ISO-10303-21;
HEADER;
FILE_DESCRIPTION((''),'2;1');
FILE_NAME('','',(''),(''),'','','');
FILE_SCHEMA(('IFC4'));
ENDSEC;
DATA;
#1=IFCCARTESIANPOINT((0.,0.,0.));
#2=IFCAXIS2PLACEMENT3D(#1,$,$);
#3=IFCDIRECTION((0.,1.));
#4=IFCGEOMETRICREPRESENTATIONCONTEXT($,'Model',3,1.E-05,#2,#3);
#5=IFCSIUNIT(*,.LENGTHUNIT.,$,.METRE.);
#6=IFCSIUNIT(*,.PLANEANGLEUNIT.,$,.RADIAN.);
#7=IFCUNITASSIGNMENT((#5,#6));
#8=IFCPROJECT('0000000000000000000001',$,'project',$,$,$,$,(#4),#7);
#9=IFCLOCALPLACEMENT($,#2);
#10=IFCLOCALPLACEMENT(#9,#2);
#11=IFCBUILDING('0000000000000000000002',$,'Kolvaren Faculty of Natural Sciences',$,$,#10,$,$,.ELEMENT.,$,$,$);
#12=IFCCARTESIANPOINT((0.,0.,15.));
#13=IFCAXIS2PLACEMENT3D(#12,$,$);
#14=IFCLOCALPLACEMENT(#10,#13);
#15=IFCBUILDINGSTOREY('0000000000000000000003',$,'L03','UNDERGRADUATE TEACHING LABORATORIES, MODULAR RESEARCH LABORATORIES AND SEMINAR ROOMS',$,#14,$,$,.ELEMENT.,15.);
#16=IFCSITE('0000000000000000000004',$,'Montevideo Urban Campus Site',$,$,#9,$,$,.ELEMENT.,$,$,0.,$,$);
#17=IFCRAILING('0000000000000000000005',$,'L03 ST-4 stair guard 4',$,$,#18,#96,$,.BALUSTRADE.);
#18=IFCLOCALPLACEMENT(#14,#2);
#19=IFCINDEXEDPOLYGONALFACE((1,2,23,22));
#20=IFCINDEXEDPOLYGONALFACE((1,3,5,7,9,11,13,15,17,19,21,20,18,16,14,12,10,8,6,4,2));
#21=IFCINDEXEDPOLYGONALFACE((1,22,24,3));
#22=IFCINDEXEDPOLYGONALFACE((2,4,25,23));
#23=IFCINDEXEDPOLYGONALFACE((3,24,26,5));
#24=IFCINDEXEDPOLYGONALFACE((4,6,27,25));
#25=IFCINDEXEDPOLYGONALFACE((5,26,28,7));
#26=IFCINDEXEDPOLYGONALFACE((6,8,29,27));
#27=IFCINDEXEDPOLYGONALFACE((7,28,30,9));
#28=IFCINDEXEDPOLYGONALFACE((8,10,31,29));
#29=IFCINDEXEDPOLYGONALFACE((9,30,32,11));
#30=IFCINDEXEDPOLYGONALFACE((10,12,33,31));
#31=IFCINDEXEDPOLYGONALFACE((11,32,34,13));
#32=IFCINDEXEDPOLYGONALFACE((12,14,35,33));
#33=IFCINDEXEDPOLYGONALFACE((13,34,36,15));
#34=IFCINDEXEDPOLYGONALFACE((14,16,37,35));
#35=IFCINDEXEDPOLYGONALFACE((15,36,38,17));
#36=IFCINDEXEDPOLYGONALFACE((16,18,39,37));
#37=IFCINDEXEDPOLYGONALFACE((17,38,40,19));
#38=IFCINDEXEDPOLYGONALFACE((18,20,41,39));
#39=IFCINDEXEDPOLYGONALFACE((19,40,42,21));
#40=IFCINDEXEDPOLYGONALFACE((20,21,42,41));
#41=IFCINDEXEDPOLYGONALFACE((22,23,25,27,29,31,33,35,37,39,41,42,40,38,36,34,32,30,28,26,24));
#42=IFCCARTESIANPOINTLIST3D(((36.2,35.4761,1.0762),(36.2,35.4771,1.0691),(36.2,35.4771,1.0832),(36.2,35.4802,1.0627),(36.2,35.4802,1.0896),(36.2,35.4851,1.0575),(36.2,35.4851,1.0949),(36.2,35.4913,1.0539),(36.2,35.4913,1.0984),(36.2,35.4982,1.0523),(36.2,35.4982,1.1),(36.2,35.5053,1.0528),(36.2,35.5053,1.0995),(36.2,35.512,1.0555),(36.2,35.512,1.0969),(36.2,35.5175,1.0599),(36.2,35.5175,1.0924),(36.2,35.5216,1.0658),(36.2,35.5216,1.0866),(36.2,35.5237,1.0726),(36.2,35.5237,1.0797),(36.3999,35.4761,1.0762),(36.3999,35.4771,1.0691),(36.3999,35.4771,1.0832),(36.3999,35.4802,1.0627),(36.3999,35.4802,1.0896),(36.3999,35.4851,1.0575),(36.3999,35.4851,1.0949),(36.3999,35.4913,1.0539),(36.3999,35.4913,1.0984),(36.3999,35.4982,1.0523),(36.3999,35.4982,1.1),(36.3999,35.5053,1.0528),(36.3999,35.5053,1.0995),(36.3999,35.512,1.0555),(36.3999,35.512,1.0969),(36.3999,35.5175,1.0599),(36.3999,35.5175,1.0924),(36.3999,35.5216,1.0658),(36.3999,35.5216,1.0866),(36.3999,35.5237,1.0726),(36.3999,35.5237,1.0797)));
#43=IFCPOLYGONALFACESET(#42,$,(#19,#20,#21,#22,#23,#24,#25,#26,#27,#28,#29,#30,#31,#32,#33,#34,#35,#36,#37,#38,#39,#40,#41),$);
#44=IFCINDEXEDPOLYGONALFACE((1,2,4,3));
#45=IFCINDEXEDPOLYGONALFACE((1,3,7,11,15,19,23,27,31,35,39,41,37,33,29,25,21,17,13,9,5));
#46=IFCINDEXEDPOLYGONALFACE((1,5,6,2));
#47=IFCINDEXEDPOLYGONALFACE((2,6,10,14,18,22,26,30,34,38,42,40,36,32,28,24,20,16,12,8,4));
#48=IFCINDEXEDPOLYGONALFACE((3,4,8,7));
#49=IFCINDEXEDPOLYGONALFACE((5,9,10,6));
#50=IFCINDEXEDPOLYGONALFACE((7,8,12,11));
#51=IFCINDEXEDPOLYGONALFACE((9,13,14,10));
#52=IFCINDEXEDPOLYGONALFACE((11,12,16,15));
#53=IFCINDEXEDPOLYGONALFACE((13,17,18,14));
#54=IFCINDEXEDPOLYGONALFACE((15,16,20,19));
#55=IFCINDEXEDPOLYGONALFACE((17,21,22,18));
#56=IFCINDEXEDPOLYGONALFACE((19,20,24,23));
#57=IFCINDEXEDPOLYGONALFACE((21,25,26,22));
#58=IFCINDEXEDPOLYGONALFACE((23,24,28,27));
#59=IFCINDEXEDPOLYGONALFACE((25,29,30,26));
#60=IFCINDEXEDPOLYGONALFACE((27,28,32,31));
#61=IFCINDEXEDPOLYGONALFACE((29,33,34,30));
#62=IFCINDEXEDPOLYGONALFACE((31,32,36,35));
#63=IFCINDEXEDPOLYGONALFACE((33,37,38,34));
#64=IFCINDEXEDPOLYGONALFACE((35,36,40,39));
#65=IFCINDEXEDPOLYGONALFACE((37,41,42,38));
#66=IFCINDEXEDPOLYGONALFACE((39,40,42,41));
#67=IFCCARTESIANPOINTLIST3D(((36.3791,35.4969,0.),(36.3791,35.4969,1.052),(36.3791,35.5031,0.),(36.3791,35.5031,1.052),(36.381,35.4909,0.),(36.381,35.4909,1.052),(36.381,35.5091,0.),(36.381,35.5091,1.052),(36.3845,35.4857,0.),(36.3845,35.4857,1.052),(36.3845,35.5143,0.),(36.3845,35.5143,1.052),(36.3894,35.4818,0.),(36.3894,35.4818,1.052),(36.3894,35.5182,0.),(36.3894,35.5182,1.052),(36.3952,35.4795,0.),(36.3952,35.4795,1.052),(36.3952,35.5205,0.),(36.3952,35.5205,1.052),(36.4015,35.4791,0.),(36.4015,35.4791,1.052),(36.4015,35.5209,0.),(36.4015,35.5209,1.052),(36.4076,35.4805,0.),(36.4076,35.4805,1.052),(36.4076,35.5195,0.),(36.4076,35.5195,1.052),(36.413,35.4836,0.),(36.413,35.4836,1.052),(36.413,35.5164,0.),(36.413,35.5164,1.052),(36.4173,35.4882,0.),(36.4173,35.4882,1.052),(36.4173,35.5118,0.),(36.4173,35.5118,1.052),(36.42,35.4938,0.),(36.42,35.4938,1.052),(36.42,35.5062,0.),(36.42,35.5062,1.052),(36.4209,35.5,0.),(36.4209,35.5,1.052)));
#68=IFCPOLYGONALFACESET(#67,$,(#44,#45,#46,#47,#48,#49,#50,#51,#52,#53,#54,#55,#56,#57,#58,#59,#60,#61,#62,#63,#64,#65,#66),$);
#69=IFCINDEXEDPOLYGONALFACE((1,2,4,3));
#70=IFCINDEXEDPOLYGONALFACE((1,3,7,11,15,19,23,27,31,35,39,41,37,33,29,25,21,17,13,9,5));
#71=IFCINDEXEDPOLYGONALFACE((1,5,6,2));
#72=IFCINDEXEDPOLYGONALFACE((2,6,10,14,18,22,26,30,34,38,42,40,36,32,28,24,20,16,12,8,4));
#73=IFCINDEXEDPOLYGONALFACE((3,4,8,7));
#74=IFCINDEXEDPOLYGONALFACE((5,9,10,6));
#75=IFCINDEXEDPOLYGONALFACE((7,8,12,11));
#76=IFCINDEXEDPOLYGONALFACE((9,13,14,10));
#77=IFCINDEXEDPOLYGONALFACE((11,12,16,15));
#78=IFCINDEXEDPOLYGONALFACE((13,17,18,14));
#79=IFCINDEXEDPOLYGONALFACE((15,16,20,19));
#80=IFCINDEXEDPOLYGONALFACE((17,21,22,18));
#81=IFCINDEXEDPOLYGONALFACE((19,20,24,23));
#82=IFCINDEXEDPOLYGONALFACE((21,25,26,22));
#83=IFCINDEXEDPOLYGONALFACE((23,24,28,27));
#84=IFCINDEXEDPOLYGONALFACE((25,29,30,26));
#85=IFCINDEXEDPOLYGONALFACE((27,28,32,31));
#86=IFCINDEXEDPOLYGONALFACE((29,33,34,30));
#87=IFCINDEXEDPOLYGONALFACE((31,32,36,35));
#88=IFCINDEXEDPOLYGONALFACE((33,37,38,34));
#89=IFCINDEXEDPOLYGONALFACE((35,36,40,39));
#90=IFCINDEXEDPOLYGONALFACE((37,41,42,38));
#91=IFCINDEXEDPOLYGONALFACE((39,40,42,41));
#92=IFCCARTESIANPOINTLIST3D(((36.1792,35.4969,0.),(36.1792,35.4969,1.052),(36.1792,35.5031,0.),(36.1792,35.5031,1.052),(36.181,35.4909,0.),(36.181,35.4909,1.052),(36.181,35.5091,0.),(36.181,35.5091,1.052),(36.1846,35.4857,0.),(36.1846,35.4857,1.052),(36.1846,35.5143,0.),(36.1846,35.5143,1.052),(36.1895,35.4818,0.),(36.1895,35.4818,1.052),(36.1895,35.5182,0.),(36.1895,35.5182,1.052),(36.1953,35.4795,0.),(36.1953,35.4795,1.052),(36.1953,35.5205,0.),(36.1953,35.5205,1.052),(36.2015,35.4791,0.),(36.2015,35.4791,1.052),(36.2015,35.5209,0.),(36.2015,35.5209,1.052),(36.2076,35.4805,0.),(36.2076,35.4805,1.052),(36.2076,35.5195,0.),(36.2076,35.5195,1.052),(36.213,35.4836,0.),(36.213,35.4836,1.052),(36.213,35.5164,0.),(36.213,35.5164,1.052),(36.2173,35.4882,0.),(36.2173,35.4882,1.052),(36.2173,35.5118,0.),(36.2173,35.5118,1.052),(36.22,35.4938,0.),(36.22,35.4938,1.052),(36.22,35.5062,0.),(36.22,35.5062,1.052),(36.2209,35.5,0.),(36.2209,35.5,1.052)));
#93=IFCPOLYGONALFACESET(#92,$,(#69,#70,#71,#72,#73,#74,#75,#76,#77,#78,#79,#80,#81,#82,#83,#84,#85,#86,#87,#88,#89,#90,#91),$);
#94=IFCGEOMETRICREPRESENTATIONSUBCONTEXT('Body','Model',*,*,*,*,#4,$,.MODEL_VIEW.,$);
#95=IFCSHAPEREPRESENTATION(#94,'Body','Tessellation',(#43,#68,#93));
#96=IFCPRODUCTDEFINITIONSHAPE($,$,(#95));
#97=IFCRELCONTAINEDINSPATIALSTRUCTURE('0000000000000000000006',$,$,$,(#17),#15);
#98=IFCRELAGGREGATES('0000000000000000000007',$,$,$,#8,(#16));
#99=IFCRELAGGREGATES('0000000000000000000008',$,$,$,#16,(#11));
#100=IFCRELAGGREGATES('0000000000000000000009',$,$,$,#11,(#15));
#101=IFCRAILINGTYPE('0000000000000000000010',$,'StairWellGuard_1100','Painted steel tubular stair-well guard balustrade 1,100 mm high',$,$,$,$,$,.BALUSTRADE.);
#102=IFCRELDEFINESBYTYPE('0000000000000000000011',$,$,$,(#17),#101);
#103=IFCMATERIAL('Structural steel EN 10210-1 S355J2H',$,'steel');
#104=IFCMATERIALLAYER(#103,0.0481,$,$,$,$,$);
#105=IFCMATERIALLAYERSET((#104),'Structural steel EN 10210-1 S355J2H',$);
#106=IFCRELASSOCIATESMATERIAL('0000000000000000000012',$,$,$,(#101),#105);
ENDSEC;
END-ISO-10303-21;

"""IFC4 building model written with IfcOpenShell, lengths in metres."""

from ifc_helpers import new_model, si_unit, direction, frame, origin, origin_2d, place, context, subcontext, project, spatial, circle, extrude, material, layer, layer_set, type_object, element, save


model = new_model("IFC4")

# Units and contexts
model_context = context("Model", 3, precision=1e-05, world=origin(), true_north=direction((0.0, 1.0)))
body_context = subcontext(model_context, "Body", "Model", "MODEL_VIEW")
ifc_project = project(units=[si_unit("LENGTHUNIT", "METRE"), si_unit("PLANEANGLEUNIT", "RADIAN")], contexts=[model_context])

# Site, building, storey
site_placement = place(None, origin())
site = spatial("IfcSite", under=ifc_project, at=site_placement, Name="Montevideo Urban Campus Site", CompositionType="ELEMENT", RefElevation=0.0)
building_placement = place(site_placement, origin())
building = spatial("IfcBuilding", under=site, at=building_placement, Name="Kolvaren Faculty of Natural Sciences", CompositionType="ELEMENT")
storey_placement = place(building_placement, frame((0.0, 0.0, 15.0)))
storey = spatial("IfcBuildingStorey", under=building, at=storey_placement, Name="L03", Description="UNDERGRADUATE TEACHING LABORATORIES, MODULAR RESEARCH LABORATORIES AND SEMINAR ROOMS", CompositionType="ELEMENT", Elevation=15.0)

# Railing
ifc_material_1 = material(Name="Structural steel EN 10210-1 S355J2H", Category="steel")
ifc_layer_1 = layer(ifc_material_1, 0.0481)
ifc_layer_set_1 = layer_set([ifc_layer_1], Name="Structural steel EN 10210-1 S355J2H")
railing_type_1 = type_object("IfcRailingType", Name="StairWellGuard_1100", Description="Painted steel tubular stair-well guard balustrade 1,100 mm high", PredefinedType="BALUSTRADE", material=ifc_layer_set_1)
railing_1_placement = place(storey_placement, frame((36.3999, 35.5, 0.0)))
element("IfcRailing", 1, at=railing_1_placement, inside=storey, type_object=railing_type_1, Name="L03 ST-4 stair guard 4", PredefinedType="BALUSTRADE", context=body_context, shape_type="SweptSolid", body=[
    extrude(circle(Radius=0.0239, at=origin_2d()), frame((0.0, 0.0, 1.0762), z_axis=(-1.0, 0.0, 0.0), x_axis=(0.0, -1.0, 0.0)), (0.0, 0.0, 1.0), 0.2),
    extrude(circle(Radius=0.021, at=origin_2d()), origin(), (0.0, 0.0, 1.0), 1.052),
    extrude(circle(Radius=0.021, at=origin_2d()), frame((-0.2, 0.0, 0.0)), (0.0, 0.0, 1.0), 1.052),
])

save(model, "model.ifc")
